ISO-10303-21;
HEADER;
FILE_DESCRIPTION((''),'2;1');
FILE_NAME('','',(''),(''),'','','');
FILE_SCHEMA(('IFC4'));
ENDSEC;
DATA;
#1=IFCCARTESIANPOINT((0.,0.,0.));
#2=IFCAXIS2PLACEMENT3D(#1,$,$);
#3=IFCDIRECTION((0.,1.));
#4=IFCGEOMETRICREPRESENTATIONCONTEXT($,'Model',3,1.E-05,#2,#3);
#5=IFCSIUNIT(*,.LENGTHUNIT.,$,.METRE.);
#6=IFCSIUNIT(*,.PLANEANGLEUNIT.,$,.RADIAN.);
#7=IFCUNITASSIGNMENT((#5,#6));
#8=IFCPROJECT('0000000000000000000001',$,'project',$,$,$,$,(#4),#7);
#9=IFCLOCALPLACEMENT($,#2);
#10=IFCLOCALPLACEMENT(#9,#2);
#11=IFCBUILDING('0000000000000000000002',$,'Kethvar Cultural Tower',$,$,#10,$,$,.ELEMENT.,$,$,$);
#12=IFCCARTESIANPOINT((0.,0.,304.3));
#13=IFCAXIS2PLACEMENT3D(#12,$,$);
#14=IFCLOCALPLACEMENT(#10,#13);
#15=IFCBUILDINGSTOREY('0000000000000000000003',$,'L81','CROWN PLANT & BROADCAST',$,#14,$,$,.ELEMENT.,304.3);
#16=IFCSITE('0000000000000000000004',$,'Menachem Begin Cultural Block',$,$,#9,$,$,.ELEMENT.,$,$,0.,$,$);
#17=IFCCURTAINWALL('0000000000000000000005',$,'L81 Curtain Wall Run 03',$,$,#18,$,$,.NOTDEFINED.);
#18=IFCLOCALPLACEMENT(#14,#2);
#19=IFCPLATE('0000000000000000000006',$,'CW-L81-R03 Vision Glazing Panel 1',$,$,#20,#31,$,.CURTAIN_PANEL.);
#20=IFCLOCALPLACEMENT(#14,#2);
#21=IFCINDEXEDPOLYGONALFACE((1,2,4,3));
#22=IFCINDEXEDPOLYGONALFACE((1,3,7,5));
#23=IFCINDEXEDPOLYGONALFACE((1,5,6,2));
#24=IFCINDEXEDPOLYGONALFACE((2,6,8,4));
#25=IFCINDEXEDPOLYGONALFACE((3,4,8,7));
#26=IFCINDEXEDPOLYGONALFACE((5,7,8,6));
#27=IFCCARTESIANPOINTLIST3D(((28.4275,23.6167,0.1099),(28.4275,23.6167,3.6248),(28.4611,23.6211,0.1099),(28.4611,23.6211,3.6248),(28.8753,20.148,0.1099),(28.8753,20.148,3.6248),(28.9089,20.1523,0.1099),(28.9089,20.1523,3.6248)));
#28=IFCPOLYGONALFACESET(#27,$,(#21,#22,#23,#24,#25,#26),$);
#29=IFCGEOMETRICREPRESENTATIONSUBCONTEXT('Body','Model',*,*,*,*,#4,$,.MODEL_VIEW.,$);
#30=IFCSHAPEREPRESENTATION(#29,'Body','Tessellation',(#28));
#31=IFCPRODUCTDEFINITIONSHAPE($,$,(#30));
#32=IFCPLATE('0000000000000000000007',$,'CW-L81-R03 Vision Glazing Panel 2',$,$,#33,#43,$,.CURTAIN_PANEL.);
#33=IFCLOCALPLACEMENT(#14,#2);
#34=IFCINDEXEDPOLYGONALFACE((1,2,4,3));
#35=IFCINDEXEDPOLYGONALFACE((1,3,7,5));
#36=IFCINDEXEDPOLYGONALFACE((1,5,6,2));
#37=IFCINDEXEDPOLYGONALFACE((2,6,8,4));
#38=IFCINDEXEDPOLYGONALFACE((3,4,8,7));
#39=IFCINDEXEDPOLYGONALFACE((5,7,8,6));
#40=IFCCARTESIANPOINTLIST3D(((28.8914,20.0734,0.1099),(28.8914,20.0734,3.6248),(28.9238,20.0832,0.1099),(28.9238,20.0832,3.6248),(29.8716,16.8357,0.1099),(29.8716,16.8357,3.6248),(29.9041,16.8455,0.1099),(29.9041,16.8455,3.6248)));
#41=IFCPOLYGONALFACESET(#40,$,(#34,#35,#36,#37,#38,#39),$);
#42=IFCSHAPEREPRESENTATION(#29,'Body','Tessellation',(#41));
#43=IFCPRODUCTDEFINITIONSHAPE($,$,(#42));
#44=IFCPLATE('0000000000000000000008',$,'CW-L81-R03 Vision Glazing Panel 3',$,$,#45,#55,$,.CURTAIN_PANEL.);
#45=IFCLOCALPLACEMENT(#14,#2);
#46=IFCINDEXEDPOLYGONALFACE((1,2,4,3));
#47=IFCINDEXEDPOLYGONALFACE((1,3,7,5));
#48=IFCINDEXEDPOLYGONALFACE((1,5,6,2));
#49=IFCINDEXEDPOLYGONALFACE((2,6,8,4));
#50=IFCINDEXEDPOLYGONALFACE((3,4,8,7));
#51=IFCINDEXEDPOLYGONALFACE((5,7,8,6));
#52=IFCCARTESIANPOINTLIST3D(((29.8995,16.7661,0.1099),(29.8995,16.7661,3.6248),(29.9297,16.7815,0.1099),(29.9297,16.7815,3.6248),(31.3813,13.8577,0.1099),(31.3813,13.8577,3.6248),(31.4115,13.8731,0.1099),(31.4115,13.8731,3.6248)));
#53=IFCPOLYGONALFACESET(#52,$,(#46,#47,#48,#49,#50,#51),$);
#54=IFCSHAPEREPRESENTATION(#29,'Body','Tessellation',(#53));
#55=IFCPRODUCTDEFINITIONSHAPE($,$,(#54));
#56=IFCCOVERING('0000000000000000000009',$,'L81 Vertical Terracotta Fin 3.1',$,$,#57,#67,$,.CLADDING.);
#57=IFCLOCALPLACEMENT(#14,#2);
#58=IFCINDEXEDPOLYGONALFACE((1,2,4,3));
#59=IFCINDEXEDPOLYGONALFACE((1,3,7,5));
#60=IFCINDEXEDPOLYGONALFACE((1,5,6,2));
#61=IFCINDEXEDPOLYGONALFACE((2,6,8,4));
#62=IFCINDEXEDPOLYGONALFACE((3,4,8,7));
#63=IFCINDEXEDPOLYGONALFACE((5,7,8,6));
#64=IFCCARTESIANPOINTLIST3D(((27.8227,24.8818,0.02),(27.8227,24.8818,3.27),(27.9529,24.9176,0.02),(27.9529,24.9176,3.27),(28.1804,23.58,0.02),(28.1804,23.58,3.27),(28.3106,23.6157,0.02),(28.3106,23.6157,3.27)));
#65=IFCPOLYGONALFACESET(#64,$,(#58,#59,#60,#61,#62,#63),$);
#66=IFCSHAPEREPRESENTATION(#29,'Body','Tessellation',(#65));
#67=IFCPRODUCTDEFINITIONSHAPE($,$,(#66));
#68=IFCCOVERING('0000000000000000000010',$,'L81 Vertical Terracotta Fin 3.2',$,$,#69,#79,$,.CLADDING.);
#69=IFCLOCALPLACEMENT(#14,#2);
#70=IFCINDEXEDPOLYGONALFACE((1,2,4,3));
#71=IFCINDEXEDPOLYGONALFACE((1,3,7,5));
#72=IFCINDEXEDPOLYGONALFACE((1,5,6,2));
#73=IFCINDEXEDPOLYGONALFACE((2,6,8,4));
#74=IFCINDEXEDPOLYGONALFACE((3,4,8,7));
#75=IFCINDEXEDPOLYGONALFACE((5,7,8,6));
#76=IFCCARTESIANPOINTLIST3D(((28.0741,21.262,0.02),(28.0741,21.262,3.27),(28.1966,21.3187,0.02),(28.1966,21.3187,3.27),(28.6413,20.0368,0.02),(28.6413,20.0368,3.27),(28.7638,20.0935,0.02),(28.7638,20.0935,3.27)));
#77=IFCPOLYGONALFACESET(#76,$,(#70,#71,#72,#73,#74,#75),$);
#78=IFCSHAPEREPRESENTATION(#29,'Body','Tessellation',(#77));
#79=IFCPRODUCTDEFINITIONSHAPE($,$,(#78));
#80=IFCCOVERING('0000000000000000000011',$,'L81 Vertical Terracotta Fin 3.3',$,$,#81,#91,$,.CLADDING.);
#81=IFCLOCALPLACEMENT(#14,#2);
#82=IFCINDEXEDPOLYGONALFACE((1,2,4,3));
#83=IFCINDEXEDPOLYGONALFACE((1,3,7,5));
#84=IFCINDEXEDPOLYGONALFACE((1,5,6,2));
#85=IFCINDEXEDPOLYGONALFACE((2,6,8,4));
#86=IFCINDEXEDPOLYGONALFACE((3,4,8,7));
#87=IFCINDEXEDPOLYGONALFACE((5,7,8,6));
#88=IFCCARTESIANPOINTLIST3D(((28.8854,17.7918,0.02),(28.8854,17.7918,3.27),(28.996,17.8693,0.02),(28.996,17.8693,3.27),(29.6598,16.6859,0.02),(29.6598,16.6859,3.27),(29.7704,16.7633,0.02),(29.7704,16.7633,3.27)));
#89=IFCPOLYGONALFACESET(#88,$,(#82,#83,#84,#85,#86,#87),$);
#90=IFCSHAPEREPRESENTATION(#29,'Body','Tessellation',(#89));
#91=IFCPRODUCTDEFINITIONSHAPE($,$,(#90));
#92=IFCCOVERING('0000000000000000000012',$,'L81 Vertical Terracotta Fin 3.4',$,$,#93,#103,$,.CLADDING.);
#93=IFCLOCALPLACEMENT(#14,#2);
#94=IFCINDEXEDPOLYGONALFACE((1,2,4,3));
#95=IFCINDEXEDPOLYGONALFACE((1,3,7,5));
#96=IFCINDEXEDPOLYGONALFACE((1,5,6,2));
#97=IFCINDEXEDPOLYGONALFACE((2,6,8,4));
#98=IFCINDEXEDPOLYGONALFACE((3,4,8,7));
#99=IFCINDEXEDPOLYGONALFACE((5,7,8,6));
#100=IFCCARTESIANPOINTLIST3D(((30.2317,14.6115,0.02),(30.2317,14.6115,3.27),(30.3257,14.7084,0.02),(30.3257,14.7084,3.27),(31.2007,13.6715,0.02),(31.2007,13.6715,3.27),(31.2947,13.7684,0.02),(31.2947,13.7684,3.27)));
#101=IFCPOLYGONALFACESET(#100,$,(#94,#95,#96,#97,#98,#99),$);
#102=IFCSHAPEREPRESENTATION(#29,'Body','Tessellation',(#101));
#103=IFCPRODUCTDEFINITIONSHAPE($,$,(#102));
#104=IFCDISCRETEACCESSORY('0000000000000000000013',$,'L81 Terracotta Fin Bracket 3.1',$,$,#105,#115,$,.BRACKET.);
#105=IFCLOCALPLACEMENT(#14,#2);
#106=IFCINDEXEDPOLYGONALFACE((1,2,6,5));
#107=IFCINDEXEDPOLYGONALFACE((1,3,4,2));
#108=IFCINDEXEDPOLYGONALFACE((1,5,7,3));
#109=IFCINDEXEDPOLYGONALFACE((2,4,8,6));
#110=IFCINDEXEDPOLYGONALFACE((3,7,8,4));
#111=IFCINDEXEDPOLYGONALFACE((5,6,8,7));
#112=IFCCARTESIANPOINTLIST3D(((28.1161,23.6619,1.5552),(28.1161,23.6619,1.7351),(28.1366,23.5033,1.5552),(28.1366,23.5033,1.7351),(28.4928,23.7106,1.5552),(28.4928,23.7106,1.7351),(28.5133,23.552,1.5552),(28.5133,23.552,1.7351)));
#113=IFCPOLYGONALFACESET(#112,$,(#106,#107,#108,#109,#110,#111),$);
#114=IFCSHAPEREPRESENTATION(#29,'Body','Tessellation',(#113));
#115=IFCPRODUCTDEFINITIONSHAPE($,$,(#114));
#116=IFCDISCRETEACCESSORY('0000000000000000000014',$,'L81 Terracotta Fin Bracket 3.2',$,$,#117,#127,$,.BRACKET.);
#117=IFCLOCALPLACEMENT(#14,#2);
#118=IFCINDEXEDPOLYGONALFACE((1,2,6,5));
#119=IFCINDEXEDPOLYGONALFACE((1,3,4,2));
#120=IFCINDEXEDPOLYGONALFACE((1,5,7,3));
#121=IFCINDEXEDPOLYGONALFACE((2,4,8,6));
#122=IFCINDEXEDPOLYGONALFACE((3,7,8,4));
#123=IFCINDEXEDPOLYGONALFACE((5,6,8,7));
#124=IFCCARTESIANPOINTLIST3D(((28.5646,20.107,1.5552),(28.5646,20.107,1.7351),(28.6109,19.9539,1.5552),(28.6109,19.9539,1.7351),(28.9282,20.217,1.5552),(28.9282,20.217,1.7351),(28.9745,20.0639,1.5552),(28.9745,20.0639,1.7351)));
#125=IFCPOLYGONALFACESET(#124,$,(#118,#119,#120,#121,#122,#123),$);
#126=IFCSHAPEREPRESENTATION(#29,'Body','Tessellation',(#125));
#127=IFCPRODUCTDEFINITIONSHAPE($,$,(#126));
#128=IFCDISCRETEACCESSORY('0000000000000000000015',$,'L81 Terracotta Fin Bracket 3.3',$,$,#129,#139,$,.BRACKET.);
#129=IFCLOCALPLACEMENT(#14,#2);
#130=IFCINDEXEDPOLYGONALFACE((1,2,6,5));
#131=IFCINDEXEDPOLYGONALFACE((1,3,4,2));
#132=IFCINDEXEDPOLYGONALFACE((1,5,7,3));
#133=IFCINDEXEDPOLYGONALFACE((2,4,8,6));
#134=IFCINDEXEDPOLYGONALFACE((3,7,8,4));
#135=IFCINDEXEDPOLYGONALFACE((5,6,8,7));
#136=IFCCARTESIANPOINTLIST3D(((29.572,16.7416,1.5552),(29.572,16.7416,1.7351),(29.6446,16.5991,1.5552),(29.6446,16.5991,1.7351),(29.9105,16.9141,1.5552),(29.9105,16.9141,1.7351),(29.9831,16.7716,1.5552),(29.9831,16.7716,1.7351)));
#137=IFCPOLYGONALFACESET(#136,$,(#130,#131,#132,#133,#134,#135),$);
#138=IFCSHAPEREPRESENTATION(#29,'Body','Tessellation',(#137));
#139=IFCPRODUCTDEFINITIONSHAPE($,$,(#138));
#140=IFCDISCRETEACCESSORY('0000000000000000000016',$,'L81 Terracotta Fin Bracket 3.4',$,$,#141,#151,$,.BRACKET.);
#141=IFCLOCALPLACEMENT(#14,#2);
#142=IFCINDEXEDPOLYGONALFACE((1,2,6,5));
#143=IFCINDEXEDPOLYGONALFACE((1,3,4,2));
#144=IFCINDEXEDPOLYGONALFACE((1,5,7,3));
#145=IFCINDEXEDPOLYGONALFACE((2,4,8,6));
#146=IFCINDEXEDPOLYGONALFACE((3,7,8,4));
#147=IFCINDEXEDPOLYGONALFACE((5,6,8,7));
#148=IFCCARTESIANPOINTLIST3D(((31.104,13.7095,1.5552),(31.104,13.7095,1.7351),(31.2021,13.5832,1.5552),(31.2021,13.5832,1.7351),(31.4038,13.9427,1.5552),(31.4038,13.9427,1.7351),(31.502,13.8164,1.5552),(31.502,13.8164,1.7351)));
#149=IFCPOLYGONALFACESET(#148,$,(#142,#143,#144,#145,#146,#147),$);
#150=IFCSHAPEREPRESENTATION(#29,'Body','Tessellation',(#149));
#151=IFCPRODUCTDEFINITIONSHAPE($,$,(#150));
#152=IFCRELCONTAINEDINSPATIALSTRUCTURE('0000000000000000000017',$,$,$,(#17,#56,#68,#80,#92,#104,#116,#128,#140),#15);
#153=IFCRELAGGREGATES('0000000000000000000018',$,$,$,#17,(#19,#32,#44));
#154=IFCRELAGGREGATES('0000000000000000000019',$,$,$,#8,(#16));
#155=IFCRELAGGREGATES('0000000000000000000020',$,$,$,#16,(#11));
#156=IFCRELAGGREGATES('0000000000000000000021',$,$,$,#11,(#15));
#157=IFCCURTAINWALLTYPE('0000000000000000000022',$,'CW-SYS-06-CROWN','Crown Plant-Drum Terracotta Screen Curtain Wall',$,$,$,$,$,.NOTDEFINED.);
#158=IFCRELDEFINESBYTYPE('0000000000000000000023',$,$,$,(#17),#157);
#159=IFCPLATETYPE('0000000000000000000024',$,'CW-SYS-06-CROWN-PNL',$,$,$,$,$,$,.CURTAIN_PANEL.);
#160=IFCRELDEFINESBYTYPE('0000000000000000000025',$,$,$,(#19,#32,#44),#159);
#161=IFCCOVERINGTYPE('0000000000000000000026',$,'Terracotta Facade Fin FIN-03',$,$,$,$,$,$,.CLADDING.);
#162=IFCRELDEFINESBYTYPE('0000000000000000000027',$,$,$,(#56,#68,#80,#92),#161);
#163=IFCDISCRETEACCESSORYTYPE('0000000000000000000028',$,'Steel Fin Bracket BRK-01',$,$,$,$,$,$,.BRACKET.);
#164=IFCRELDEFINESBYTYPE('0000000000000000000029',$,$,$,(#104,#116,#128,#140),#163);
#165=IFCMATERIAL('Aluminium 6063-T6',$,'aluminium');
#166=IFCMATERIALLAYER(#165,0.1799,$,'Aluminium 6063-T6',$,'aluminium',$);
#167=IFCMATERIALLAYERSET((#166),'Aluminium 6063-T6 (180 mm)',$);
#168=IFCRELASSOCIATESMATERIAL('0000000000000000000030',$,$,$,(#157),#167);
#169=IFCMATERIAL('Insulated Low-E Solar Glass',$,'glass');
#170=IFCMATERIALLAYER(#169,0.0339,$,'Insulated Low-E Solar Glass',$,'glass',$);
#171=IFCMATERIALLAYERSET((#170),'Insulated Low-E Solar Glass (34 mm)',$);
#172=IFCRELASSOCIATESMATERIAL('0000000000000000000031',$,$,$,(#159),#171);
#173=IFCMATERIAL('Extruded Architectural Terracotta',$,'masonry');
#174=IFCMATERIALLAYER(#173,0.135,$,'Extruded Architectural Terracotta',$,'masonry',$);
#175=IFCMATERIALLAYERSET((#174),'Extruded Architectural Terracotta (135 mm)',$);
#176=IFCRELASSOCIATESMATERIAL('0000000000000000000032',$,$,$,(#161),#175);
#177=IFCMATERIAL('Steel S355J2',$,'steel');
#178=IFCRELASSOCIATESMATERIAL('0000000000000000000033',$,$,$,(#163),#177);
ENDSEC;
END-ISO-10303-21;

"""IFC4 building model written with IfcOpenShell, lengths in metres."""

from ifc_helpers import new_model, si_unit, direction, frame, origin, origin_2d, place, context, subcontext, project, spatial, rectangle, extrude, source, transform, mapped, material, layer, layer_set, type_object, element, aggregate, save


model = new_model("IFC4")

# Units and contexts
model_context = context("Model", 3, precision=1e-05, world=origin(), true_north=direction((0.0, 1.0)))
body_context = subcontext(model_context, "Body", "Model", "MODEL_VIEW")
ifc_project = project(units=[si_unit("LENGTHUNIT", "METRE"), si_unit("PLANEANGLEUNIT", "RADIAN")], contexts=[model_context])

# Site, building, storey
site_placement = place(None, origin())
site = spatial("IfcSite", under=ifc_project, at=site_placement, Name="Menachem Begin Cultural Block", CompositionType="ELEMENT", RefElevation=0.0)
building_placement = place(site_placement, origin())
building = spatial("IfcBuilding", under=site, at=building_placement, Name="Kethvar Cultural Tower", CompositionType="ELEMENT")
storey_placement = place(building_placement, frame((0.0, 0.0, 304.3)))
storey = spatial("IfcBuildingStorey", under=building, at=storey_placement, Name="L81", Description="CROWN PLANT & BROADCAST", CompositionType="ELEMENT", Elevation=304.3)

# Shared definitions
ifc_material_1 = material(Name="Steel S355J2", Category="steel")

# Shared definitions
ifc_material_2 = material(Name="Aluminium 6063-T6", Category="aluminium")
ifc_layer_1 = layer(ifc_material_2, 0.1799, Name="Aluminium 6063-T6", Category="aluminium")
ifc_layer_set_1 = layer_set([ifc_layer_1], Name="Aluminium 6063-T6 (180 mm)")
curtain_wall_type = type_object("IfcCurtainWallType", Name="CW-SYS-06-CROWN", Description="Crown Plant-Drum Terracotta Screen Curtain Wall", PredefinedType="NOTDEFINED", material=ifc_layer_set_1)

# Curtain wall
curtain_wall_1_placement = place(storey_placement, origin())
curtain_wall_1 = element("IfcCurtainWall", 1, at=curtain_wall_1_placement, inside=storey, type_object=curtain_wall_type, Name="L81 Curtain Wall Run 03", PredefinedType="NOTDEFINED")

# Plates
ifc_material_3 = material(Name="Insulated Low-E Solar Glass", Category="glass")
ifc_layer_2 = layer(ifc_material_3, 0.0339, Name="Insulated Low-E Solar Glass", Category="glass")
ifc_layer_set_2 = layer_set([ifc_layer_2], Name="Insulated Low-E Solar Glass (34 mm)")
plate_type = type_object("IfcPlateType", Name="CW-SYS-06-CROWN-PNL", PredefinedType="CURTAIN_PANEL", material=ifc_layer_set_2)
shared_shape_1 = source(origin(), body_context, "Body", "SweptSolid", [
    extrude(rectangle(XDim=3.4976, YDim=0.0339, at=origin_2d()), origin(), (0.0, 0.0, 1.0), 3.5149),
])
plate_1_placement = place(storey_placement, frame((28.6682, 21.8845, 0.1099), z_axis=(0.0, 0.0, 1.0), x_axis=(0.128034, -0.99177, 0.0)))
plate_1 = element("IfcPlate", 2, at=plate_1_placement, type_object=plate_type, Name="CW-L81-R03 Vision Glazing Panel 1", PredefinedType="CURTAIN_PANEL", context=body_context, shape_type="MappedRepresentation", body=[
    mapped(shared_shape_1, transform((0.0, 0.0, 0.0), scale=1.0)),
])
shared_shape_2 = source(origin(), body_context, "Body", "SweptSolid", [
    extrude(rectangle(XDim=3.3828, YDim=0.0339, at=origin_2d()), origin(), (0.0, 0.0, 1.0), 3.5149),
])
plate_2_placement = place(storey_placement, frame((29.3977, 18.4595, 0.1099), z_axis=(0.0, 0.0, 1.0), x_axis=(0.289767, -0.957097, 0.0)))
plate_2 = element("IfcPlate", 3, at=plate_2_placement, type_object=plate_type, Name="CW-L81-R03 Vision Glazing Panel 2", PredefinedType="CURTAIN_PANEL", context=body_context, shape_type="MappedRepresentation", body=[
    mapped(shared_shape_2, transform((0.0, 0.0, 0.0), scale=1.0)),
])
shared_shape_3 = source(origin(), body_context, "Body", "SweptSolid", [
    extrude(rectangle(XDim=3.2642, YDim=0.0339, at=origin_2d()), origin(), (0.0, 0.0, 1.0), 3.5149),
])
plate_3_placement = place(storey_placement, frame((30.6555, 15.3196, 0.1099), z_axis=(0.0, 0.0, 1.0), x_axis=(0.453959, -0.891022, 0.0)))
plate_3 = element("IfcPlate", 4, at=plate_3_placement, type_object=plate_type, Name="CW-L81-R03 Vision Glazing Panel 3", PredefinedType="CURTAIN_PANEL", context=body_context, shape_type="MappedRepresentation", body=[
    mapped(shared_shape_3, transform((0.0, 0.0, 0.0), scale=1.0)),
])
aggregate(curtain_wall_1, [plate_1, plate_2, plate_3])

# Coverings
ifc_material_4 = material(Name="Extruded Architectural Terracotta", Category="masonry")
ifc_layer_3 = layer(ifc_material_4, 0.135, Name="Extruded Architectural Terracotta", Category="masonry")
ifc_layer_set_3 = layer_set([ifc_layer_3], Name="Extruded Architectural Terracotta (135 mm)")
covering_type = type_object("IfcCoveringType", Name="Terracotta Facade Fin FIN-03", PredefinedType="CLADDING", material=ifc_layer_set_3)
shared_shape_4 = source(origin(), body_context, "Body", "SweptSolid", [
    extrude(rectangle(XDim=1.3501, YDim=0.135, at=origin_2d()), origin(), (0.0, 0.0, 1.0), 3.25),
])
for number, where, z_axis, x_axis, name in (
    (5, (28.0667, 24.2488, 0.02), (0.0, 0.0, 1.0), (-0.264883, 0.964281, 0.0), "L81 Vertical Terracotta Fin 3.1"),
    (6, (28.4189, 20.6777, 0.02), (0.0, 0.0, 1.0), (-0.420086, 0.907484, 0.0), "L81 Vertical Terracotta Fin 3.2"),
    (7, (29.3279, 17.2776, 0.02), (0.0, 0.0, 1.0), (-0.573576, 0.819152, 0.0), "L81 Vertical Terracotta Fin 3.3"),
    (8, (30.7632, 14.1899, 0.02), (0.0, 0.0, 1.0), (-0.717762, 0.696289, 0.0), "L81 Vertical Terracotta Fin 3.4"),
):
    element("IfcCovering", number, at=place(storey_placement, frame(where, z_axis=z_axis, x_axis=x_axis)), inside=storey, type_object=covering_type, Name=name, PredefinedType="CLADDING", context=body_context, shape_type="MappedRepresentation", body=[
        mapped(shared_shape_4, transform((0.0, 0.0, 0.0), scale=1.0)),
    ])

# Discrete accessories
discrete_accessory_type = type_object("IfcDiscreteAccessoryType", Name="Steel Fin Bracket BRK-01", PredefinedType="BRACKET", material=ifc_material_1)
shared_shape_5 = source(origin(), body_context, "Body", "SweptSolid", [
    extrude(rectangle(XDim=0.3799, YDim=0.1599, at=origin_2d()), origin(), (0.0, 0.0, 1.0), 0.1799),
])
for number, where, z_axis, x_axis, name in (
    (9, (28.3147, 23.6069, 1.5552), (0.0, 0.0, 1.0), (-0.991761, -0.128103, 0.0), "L81 Terracotta Fin Bracket 3.1"),
    (10, (28.7695, 20.0854, 1.5552), (0.0, 0.0, 1.0), (-0.957117, -0.2897, 0.0), "L81 Terracotta Fin Bracket 3.2"),
    (11, (29.7776, 16.7566, 1.5552), (0.0, 0.0, 1.0), (-0.891007, -0.45399, 0.0), "L81 Terracotta Fin Bracket 3.3"),
    (12, (31.303, 13.7629, 1.5552), (0.0, 0.0, 1.0), (-0.789406, -0.613872, 0.0), "L81 Terracotta Fin Bracket 3.4"),
):
    element("IfcDiscreteAccessory", number, at=place(storey_placement, frame(where, z_axis=z_axis, x_axis=x_axis)), inside=storey, type_object=discrete_accessory_type, Name=name, PredefinedType="BRACKET", context=body_context, shape_type="MappedRepresentation", body=[
        mapped(shared_shape_5, transform((0.0, 0.0, 0.0), scale=1.0)),
    ])

save(model, "model.ifc")
